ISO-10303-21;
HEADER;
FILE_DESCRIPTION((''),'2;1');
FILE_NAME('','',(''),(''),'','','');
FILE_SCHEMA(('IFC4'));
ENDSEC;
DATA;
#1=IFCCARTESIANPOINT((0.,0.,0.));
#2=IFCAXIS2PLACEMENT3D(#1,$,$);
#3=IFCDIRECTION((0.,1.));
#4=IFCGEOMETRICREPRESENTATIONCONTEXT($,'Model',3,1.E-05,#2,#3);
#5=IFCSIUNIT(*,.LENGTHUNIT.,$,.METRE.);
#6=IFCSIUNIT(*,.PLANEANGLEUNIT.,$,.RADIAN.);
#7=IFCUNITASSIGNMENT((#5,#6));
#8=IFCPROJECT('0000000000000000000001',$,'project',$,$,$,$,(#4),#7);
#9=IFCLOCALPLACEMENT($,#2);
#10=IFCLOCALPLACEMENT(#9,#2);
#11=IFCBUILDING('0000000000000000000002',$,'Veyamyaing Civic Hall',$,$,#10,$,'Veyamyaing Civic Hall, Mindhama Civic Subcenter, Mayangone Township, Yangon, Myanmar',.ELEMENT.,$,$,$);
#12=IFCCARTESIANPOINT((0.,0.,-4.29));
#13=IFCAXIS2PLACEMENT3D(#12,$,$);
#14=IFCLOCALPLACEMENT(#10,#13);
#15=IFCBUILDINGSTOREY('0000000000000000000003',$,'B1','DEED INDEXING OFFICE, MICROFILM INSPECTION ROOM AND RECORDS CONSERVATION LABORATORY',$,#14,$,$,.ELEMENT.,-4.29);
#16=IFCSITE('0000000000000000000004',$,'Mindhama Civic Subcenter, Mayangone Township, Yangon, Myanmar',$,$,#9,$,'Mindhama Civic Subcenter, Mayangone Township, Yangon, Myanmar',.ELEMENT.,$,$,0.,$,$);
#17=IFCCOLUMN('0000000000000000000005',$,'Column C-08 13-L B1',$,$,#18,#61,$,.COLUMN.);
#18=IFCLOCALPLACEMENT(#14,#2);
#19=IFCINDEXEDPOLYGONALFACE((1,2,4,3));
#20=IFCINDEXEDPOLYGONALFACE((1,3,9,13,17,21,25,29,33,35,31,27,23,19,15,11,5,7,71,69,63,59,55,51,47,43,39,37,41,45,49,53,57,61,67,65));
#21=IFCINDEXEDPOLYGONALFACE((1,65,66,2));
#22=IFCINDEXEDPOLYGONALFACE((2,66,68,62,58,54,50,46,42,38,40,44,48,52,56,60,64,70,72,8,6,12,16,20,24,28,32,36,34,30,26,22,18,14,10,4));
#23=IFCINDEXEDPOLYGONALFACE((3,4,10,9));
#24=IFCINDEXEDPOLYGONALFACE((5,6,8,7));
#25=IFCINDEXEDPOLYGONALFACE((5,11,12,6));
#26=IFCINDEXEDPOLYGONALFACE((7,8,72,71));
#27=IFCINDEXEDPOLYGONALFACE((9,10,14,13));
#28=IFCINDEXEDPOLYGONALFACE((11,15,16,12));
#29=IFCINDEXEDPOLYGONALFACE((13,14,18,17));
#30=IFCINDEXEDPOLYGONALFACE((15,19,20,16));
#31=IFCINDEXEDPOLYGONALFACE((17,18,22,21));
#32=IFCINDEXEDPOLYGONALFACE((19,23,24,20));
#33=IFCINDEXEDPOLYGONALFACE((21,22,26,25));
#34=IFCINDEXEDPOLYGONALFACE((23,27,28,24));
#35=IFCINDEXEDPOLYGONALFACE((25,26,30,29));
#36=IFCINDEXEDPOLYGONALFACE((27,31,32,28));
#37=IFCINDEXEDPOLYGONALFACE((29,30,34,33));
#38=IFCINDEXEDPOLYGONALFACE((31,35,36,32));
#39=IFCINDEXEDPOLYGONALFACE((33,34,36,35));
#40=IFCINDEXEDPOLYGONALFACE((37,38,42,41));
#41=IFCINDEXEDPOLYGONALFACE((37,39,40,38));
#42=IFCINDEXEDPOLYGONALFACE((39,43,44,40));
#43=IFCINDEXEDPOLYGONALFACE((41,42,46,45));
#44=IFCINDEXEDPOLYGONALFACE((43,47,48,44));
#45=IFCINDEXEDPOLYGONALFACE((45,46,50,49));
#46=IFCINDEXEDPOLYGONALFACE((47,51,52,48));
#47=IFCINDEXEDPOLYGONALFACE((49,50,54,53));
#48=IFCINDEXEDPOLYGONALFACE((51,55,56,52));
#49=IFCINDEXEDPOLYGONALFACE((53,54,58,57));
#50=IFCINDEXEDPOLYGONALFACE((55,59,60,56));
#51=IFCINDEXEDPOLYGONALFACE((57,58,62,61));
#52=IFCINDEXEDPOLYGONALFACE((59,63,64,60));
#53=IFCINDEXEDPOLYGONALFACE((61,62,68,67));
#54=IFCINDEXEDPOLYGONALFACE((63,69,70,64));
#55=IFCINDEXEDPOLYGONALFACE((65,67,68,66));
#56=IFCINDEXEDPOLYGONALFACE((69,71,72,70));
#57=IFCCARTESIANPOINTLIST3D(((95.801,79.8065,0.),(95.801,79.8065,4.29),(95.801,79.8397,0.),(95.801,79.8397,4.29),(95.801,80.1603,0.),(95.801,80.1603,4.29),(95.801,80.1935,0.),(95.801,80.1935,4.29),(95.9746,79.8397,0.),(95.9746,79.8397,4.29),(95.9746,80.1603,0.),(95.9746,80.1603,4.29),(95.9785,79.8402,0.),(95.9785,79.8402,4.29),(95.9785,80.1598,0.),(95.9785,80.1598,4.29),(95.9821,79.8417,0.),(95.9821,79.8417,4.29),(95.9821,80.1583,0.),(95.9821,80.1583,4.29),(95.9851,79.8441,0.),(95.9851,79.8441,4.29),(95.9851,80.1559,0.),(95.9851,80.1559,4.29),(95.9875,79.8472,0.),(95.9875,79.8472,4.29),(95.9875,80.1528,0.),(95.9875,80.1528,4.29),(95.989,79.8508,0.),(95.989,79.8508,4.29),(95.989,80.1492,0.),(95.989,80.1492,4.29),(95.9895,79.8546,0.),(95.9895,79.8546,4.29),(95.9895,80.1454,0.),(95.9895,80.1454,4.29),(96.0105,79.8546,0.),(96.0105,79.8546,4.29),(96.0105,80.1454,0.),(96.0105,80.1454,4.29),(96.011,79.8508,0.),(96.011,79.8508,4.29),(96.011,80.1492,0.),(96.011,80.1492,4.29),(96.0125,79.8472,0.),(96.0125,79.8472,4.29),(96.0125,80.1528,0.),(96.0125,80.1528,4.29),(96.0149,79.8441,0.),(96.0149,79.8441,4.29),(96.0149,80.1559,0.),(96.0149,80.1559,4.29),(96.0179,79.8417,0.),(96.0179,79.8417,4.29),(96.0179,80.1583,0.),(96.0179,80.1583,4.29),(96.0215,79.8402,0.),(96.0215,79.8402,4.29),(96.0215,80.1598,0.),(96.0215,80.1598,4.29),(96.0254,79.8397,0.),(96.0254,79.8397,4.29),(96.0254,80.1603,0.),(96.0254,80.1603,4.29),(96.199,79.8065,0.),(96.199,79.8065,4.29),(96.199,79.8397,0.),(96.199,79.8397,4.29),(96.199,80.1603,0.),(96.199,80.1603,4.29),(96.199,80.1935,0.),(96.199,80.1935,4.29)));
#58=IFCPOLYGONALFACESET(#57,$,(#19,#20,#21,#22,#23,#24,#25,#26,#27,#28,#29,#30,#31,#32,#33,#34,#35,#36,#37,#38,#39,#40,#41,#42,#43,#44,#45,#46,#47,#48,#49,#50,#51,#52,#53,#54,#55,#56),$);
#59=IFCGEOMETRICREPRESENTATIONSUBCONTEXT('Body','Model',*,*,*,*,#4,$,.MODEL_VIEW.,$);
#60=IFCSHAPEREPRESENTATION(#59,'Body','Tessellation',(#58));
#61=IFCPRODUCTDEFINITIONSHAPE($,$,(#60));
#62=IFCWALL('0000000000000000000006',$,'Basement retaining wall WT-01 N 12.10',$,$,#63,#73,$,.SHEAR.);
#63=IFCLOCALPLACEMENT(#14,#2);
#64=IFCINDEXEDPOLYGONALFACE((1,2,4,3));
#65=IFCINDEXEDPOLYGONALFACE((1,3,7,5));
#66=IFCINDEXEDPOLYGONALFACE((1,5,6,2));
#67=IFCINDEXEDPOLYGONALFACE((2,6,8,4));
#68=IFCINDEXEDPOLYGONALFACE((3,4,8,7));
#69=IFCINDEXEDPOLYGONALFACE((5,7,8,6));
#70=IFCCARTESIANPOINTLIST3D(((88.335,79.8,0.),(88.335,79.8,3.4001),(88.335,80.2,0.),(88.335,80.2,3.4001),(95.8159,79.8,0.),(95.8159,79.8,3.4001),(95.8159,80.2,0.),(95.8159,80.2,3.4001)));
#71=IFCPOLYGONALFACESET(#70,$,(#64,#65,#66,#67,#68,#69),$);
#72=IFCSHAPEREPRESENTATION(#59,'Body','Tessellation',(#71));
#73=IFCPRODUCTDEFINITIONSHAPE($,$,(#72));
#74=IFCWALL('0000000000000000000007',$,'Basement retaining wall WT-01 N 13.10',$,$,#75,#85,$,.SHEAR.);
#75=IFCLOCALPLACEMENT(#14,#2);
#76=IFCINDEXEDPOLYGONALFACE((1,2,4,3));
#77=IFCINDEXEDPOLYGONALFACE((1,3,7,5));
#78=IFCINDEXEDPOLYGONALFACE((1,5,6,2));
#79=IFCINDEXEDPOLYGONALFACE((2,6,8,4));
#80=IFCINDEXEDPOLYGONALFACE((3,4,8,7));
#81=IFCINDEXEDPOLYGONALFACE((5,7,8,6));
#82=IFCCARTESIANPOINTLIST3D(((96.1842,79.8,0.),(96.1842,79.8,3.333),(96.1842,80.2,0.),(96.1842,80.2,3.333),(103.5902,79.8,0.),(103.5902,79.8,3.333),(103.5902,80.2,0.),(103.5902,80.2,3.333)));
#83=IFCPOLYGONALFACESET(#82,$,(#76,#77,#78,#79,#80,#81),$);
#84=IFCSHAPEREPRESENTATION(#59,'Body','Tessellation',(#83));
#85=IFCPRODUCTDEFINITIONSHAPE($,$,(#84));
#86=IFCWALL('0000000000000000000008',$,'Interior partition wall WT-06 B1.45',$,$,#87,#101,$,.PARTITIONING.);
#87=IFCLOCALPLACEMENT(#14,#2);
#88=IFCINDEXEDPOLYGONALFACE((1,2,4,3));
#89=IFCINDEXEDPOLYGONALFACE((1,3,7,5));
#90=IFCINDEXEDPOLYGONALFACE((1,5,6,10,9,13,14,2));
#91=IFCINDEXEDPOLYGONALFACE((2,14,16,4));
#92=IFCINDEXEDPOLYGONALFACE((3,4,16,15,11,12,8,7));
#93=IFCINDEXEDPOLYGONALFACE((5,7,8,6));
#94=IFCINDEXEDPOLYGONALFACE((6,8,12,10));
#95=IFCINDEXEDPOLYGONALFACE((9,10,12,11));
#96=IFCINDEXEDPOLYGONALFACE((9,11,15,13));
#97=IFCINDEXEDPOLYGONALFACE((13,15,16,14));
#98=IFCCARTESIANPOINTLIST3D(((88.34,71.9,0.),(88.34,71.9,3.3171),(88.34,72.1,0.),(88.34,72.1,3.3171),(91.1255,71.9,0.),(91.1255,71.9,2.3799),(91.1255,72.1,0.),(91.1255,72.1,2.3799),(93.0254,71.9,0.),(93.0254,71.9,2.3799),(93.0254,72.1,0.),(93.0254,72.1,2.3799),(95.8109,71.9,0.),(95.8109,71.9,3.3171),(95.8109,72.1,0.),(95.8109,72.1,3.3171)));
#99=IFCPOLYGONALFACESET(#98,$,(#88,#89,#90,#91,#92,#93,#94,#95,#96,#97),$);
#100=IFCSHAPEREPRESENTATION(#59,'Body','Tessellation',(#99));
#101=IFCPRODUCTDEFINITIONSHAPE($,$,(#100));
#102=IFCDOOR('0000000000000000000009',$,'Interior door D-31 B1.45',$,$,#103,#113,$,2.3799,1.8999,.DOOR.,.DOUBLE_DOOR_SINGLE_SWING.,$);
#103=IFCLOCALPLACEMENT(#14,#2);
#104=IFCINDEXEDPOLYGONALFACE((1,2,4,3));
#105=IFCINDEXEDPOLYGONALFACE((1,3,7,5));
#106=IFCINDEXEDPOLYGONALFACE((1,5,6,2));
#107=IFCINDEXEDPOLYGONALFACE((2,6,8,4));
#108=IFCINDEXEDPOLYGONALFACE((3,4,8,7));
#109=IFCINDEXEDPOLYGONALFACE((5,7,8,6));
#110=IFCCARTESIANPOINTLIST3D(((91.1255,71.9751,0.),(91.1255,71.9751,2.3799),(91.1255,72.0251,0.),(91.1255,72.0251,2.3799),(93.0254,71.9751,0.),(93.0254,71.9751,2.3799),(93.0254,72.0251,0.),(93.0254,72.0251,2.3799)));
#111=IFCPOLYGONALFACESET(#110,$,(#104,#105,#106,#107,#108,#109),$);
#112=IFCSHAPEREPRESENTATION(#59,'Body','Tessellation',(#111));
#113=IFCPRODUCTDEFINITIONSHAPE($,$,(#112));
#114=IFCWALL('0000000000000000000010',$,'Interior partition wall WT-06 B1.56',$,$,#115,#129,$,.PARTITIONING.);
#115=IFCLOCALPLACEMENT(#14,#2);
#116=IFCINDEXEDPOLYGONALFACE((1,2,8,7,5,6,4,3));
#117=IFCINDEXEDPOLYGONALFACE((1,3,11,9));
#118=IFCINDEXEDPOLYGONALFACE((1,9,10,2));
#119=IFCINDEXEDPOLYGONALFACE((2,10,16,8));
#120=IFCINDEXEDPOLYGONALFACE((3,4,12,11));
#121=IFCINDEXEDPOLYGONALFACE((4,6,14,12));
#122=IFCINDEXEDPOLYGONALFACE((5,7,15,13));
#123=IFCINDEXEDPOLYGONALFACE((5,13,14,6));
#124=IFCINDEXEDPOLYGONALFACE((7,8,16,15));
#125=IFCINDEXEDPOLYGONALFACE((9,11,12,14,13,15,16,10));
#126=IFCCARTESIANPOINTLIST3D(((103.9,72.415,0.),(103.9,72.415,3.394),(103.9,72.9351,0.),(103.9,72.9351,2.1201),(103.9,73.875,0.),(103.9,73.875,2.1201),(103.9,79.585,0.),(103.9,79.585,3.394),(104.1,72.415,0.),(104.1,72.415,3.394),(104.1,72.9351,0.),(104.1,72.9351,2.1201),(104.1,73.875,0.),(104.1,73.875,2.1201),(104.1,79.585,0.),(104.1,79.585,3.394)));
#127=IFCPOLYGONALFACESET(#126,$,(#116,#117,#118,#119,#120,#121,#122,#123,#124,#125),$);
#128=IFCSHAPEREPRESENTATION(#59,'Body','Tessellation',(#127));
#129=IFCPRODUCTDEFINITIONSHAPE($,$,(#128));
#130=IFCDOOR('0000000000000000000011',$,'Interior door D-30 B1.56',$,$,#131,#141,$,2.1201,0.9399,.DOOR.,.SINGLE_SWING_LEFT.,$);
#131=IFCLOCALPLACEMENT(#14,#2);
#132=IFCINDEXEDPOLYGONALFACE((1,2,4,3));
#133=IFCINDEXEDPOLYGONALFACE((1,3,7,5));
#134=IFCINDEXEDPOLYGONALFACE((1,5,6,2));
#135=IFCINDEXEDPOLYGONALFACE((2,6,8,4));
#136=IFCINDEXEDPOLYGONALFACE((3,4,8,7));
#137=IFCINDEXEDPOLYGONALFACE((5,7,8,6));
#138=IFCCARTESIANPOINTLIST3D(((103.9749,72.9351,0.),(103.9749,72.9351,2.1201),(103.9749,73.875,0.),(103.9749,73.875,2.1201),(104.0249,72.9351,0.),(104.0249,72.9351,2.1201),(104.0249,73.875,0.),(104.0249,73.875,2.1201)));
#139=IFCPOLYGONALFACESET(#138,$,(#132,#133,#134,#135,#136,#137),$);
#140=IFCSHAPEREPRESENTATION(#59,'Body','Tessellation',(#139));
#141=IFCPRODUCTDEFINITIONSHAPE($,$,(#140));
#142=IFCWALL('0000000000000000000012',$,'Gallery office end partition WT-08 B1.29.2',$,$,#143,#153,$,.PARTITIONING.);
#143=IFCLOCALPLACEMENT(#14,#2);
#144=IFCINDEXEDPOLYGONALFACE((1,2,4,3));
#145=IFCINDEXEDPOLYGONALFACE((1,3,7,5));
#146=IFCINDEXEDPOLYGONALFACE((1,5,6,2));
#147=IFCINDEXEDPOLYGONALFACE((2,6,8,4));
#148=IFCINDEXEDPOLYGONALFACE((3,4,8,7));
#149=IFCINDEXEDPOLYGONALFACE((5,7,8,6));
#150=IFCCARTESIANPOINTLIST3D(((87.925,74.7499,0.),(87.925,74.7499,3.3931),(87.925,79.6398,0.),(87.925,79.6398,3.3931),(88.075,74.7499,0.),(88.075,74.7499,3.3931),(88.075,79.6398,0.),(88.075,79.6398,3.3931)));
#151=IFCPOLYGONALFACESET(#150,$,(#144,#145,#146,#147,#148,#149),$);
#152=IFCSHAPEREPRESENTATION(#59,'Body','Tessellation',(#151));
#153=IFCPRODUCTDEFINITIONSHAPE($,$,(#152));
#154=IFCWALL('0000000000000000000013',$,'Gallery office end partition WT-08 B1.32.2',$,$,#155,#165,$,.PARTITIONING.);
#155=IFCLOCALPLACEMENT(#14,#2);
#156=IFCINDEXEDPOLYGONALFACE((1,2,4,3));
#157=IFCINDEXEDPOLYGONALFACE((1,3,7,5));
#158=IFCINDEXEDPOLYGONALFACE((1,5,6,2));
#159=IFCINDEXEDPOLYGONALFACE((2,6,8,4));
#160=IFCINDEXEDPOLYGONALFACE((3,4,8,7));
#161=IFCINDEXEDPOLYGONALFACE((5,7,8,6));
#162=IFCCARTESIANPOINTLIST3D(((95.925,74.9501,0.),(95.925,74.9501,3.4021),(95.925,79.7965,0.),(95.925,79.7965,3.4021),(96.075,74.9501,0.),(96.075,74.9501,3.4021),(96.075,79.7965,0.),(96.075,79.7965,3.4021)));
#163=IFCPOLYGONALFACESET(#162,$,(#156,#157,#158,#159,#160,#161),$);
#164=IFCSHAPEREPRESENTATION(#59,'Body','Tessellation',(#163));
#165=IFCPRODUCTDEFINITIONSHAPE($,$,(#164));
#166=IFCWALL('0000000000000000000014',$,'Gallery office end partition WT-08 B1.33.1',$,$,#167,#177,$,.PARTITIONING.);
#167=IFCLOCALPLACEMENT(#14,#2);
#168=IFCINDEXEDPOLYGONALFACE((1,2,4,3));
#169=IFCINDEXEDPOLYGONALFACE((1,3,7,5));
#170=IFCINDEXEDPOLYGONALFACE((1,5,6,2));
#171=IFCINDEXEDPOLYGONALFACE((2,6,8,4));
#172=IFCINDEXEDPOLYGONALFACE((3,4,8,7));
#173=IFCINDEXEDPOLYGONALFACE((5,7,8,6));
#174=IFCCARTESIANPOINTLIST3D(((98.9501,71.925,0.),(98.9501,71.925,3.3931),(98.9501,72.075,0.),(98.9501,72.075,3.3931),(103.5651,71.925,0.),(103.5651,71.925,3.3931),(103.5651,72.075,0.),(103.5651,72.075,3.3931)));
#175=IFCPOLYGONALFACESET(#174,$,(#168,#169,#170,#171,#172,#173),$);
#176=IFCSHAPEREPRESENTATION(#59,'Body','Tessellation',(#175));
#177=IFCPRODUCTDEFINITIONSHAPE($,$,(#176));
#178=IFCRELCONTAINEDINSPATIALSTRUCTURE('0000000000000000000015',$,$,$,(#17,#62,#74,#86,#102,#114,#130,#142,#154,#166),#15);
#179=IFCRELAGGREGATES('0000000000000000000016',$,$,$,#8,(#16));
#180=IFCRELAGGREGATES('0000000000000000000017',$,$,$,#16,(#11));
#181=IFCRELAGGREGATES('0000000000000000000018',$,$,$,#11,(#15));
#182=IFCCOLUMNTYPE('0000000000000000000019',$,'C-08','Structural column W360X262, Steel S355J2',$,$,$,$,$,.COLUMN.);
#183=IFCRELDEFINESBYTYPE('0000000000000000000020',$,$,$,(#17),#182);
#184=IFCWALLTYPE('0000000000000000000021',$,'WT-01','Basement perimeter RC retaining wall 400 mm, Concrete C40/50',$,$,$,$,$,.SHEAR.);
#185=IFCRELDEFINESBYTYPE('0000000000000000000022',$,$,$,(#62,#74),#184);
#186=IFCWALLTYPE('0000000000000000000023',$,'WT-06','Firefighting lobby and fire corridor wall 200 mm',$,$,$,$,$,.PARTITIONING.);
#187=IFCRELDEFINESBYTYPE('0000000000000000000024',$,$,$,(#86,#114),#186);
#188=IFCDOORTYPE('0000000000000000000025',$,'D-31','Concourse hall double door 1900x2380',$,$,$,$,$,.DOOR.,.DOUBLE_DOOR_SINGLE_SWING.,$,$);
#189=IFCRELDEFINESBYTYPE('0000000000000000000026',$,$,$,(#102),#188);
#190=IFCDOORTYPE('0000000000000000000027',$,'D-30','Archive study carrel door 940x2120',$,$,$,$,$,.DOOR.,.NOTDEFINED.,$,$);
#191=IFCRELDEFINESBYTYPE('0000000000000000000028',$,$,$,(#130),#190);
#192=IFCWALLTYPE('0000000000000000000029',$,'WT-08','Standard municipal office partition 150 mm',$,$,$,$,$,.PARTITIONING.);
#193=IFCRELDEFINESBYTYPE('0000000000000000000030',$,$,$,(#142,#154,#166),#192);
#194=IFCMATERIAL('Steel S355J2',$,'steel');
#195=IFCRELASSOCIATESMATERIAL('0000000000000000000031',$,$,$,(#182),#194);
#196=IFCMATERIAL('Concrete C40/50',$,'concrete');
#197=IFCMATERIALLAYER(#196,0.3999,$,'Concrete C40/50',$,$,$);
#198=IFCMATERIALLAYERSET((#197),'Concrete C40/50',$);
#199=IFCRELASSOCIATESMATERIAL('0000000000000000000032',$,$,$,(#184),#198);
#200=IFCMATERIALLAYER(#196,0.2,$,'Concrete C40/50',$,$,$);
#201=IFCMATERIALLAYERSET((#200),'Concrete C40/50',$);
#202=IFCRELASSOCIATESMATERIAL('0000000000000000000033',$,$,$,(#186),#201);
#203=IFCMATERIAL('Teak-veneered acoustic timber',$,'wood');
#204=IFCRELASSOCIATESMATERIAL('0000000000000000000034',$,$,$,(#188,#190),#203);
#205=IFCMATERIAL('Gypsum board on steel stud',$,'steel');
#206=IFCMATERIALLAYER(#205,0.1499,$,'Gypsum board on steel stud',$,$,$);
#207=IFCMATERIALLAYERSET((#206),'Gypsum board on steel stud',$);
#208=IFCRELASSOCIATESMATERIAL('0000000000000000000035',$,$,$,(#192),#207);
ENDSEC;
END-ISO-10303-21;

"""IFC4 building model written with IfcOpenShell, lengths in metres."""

from ifc_helpers import new_model, si_unit, direction, frame, frame_2d, origin, origin_2d, place, context, subcontext, project, spatial, rectangle, i_section, extrude, material, layer, layer_set, material_profile, profile_set, type_object, element, fill, save


model = new_model("IFC4")

# Units and contexts
model_context = context("Model", 3, precision=1e-05, world=origin(), true_north=direction((0.0, 1.0)))
body_context = subcontext(model_context, "Body", "Model", "MODEL_VIEW")
ifc_project = project(units=[si_unit("LENGTHUNIT", "METRE"), si_unit("PLANEANGLEUNIT", "RADIAN")], contexts=[model_context])

# Site, building, storey
site_placement = place(None, origin())
site = spatial("IfcSite", under=ifc_project, at=site_placement, Name="Mindhama Civic Subcenter, Mayangone Township, Yangon, Myanmar", LongName="Mindhama Civic Subcenter, Mayangone Township, Yangon, Myanmar", CompositionType="ELEMENT", RefElevation=0.0)
building_placement = place(site_placement, origin())
building = spatial("IfcBuilding", under=site, at=building_placement, Name="Veyamyaing Civic Hall", LongName="Veyamyaing Civic Hall, Mindhama Civic Subcenter, Mayangone Township, Yangon, Myanmar", CompositionType="ELEMENT")
storey_placement = place(building_placement, frame((0.0, 0.0, -4.29)))
storey = spatial("IfcBuildingStorey", under=building, at=storey_placement, Name="B1", Description="DEED INDEXING OFFICE, MICROFILM INSPECTION ROOM AND RECORDS CONSERVATION LABORATORY", CompositionType="ELEMENT", Elevation=-4.29)

# Shared definitions
ifc_material_1 = material(Name="Concrete C40/50", Category="concrete")

# Column
ifc_material_2 = material(Name="Steel S355J2", Category="steel")
ifc_material_profile_1 = material_profile(ifc_material_2, i_section(OverallWidth=0.3979, OverallDepth=0.387, WebThickness=0.021, FlangeThickness=0.0332, FilletRadius=0.0149, at=origin_2d()), Name="W360X262")
ifc_profile_set_1 = profile_set([ifc_material_profile_1], Name="Steel S355J2")
column_type_1 = type_object("IfcColumnType", Name="C-08", Description="Structural column W360X262, Steel S355J2", PredefinedType="COLUMN", material=ifc_profile_set_1)
for number, where, z_axis, x_axis, name in (
    (1, (96.0, 80.0, 0.0), (0.0, 0.0, 1.0), (1.0, 0.0, 0.0), "Column C-08 13-L B1"),
):
    element("IfcColumn", number, at=place(storey_placement, frame(where, z_axis=z_axis, x_axis=x_axis)), inside=storey, type_object=column_type_1, Name=name, PredefinedType="COLUMN", context=body_context, shape_type="SweptSolid", body=[
        extrude(i_section(OverallWidth=0.3979, OverallDepth=0.387, WebThickness=0.021, FlangeThickness=0.0332, FilletRadius=0.0149, at=origin_2d()), origin(), (0.0, 0.0, 1.0), 4.29),
    ])

# Walls
ifc_layer_1 = layer(ifc_material_1, 0.3999, Name="Concrete C40/50")
ifc_layer_set_1 = layer_set([ifc_layer_1], Name="Concrete C40/50")
wall_type_1 = type_object("IfcWallType", Name="WT-01", Description="Basement perimeter RC retaining wall 400 mm, Concrete C40/50", PredefinedType="SHEAR", material=ifc_layer_set_1)
wall_1_placement = place(storey_placement, frame((88.335, 80.0, 0.0), z_axis=(0.0, 0.0, 1.0), x_axis=(1.0, 0.0, 0.0)))
element("IfcWall", 2, at=wall_1_placement, inside=storey, type_object=wall_type_1, Name="Basement retaining wall WT-01 N 12.10", PredefinedType="SHEAR", context=body_context, shape_type="SweptSolid", body=[
    extrude(rectangle(XDim=7.481, YDim=0.3999, at=frame_2d((3.7405, 0.0))), origin(), (0.0, 0.0, 1.0), 3.4001),
])
wall_2_placement = place(storey_placement, frame((96.1841, 80.0, 0.0), z_axis=(0.0, 0.0, 1.0), x_axis=(1.0, 0.0, 0.0)))
element("IfcWall", 3, at=wall_2_placement, inside=storey, type_object=wall_type_1, Name="Basement retaining wall WT-01 N 13.10", PredefinedType="SHEAR", context=body_context, shape_type="SweptSolid", body=[
    extrude(rectangle(XDim=7.406, YDim=0.3999, at=frame_2d((3.7031, 0.0))), origin(), (0.0, 0.0, 1.0), 3.333),
])

# Walls, openings, doors
ifc_layer_2 = layer(ifc_material_1, 0.2, Name="Concrete C40/50")
ifc_layer_set_2 = layer_set([ifc_layer_2], Name="Concrete C40/50")
wall_type_2 = type_object("IfcWallType", Name="WT-06", Description="Firefighting lobby and fire corridor wall 200 mm", PredefinedType="PARTITIONING", material=ifc_layer_set_2)
wall_3_placement = place(storey_placement, frame((88.3401, 72.0, 0.0), z_axis=(0.0, 0.0, 1.0), x_axis=(1.0, 0.0, 0.0)))
wall_3 = element("IfcWall", 4, at=wall_3_placement, inside=storey, type_object=wall_type_2, Name="Interior partition wall WT-06 B1.45", PredefinedType="PARTITIONING", context=body_context, shape_type="SweptSolid", body=[
    extrude(rectangle(XDim=7.4709, YDim=0.2, at=frame_2d((3.7354, 0.0))), origin(), (0.0, 0.0, 1.0), 3.3171),
])
opening_1_placement = place(wall_3_placement, frame((2.7854, 0.0, 0.0)))
opening_1 = element("IfcOpeningElement", 5, at=opening_1_placement, cuts=wall_3, PredefinedType="OPENING", context=body_context, shape_type="SweptSolid", body=[
    extrude(rectangle(XDim=1.8999, YDim=2.3799, at=frame_2d((0.95, 1.1899))), frame((0.0, 0.1099, 0.0), z_axis=(0.0, -1.0, 0.0), x_axis=(1.0, 0.0, 0.0)), (0.0, 0.0, 1.0), 0.22),
])
ifc_material_3 = material(Name="Teak-veneered acoustic timber", Category="wood")
door_type_1 = type_object("IfcDoorType", Name="D-31", Description="Concourse hall double door 1900x2380", OperationType="DOUBLE_DOOR_SINGLE_SWING", PredefinedType="DOOR", material=ifc_material_3)
door_1_placement = place(opening_1_placement, frame((1.8999, 0.0, 0.0), z_axis=(0.0, 0.0, 1.0), x_axis=(-1.0, 0.0, 0.0)))
door_1 = element("IfcDoor", 6, at=door_1_placement, inside=storey, type_object=door_type_1, Name="Interior door D-31 B1.45", OperationType="DOUBLE_DOOR_SINGLE_SWING", OverallHeight=2.3799, OverallWidth=1.8999, PredefinedType="DOOR", context=body_context, shape_type="SweptSolid", body=[
    extrude(rectangle(XDim=1.8999, YDim=2.3799, at=frame_2d((0.95, 1.1899))), frame((0.0, 0.0249, 0.0), z_axis=(0.0, -1.0, 0.0), x_axis=(1.0, 0.0, 0.0)), (0.0, 0.0, 1.0), 0.05),
])
fill(opening_1, door_1)
wall_4_placement = place(storey_placement, frame((104.0, 72.415, 0.0), z_axis=(0.0, 0.0, 1.0), x_axis=(0.0, 1.0, 0.0)))
wall_4 = element("IfcWall", 7, at=wall_4_placement, inside=storey, type_object=wall_type_2, Name="Interior partition wall WT-06 B1.56", PredefinedType="PARTITIONING", context=body_context, shape_type="SweptSolid", body=[
    extrude(rectangle(XDim=7.1699, YDim=0.2, at=frame_2d((3.585, 0.0))), origin(), (0.0, 0.0, 1.0), 3.394),
])
opening_2_placement = place(wall_4_placement, frame((0.52, 0.0, 0.0)))
opening_2 = element("IfcOpeningElement", 8, at=opening_2_placement, cuts=wall_4, PredefinedType="OPENING", context=body_context, shape_type="SweptSolid", body=[
    extrude(rectangle(XDim=0.9399, YDim=2.1201, at=frame_2d((0.47, 1.0601))), frame((0.0, 0.1099, 0.0), z_axis=(0.0, -1.0, 0.0), x_axis=(1.0, 0.0, 0.0)), (0.0, 0.0, 1.0), 0.22),
])
door_type_2 = type_object("IfcDoorType", Name="D-30", Description="Archive study carrel door 940x2120", OperationType="NOTDEFINED", PredefinedType="DOOR", material=ifc_material_3)
door_2_placement = place(opening_2_placement, frame((0.9399, 0.0, 0.0), z_axis=(0.0, 0.0, 1.0), x_axis=(-1.0, 0.0, 0.0)))
door_2 = element("IfcDoor", 9, at=door_2_placement, inside=storey, type_object=door_type_2, Name="Interior door D-30 B1.56", OperationType="SINGLE_SWING_LEFT", OverallHeight=2.1201, OverallWidth=0.9399, PredefinedType="DOOR", context=body_context, shape_type="SweptSolid", body=[
    extrude(rectangle(XDim=0.9399, YDim=2.1201, at=frame_2d((0.47, 1.0601))), frame((0.0, 0.0249, 0.0), z_axis=(0.0, -1.0, 0.0), x_axis=(1.0, 0.0, 0.0)), (0.0, 0.0, 1.0), 0.05),
])
fill(opening_2, door_2)

# Walls
ifc_material_4 = material(Name="Gypsum board on steel stud", Category="steel")
ifc_layer_3 = layer(ifc_material_4, 0.1499, Name="Gypsum board on steel stud")
ifc_layer_set_3 = layer_set([ifc_layer_3], Name="Gypsum board on steel stud")
wall_type_3 = type_object("IfcWallType", Name="WT-08", Description="Standard municipal office partition 150 mm", PredefinedType="PARTITIONING", material=ifc_layer_set_3)
wall_5_placement = place(storey_placement, frame((88.0, 74.75, 0.0), z_axis=(0.0, 0.0, 1.0), x_axis=(0.0, 1.0, 0.0)))
element("IfcWall", 10, at=wall_5_placement, inside=storey, type_object=wall_type_3, Name="Gallery office end partition WT-08 B1.29.2", PredefinedType="PARTITIONING", context=body_context, shape_type="SweptSolid", body=[
    extrude(rectangle(XDim=4.8899, YDim=0.1499, at=frame_2d((2.4448, 0.0))), origin(), (0.0, 0.0, 1.0), 3.3931),
])
wall_6_placement = place(storey_placement, frame((96.0, 74.95, 0.0), z_axis=(0.0, 0.0, 1.0), x_axis=(0.0, 1.0, 0.0)))
element("IfcWall", 11, at=wall_6_placement, inside=storey, type_object=wall_type_3, Name="Gallery office end partition WT-08 B1.32.2", PredefinedType="PARTITIONING", context=body_context, shape_type="SweptSolid", body=[
    extrude(rectangle(XDim=4.8464, YDim=0.1499, at=frame_2d((2.4233, 0.0))), origin(), (0.0, 0.0, 1.0), 3.4021),
])
wall_7_placement = place(storey_placement, frame((98.95, 72.0, 0.0), z_axis=(0.0, 0.0, 1.0), x_axis=(1.0, 0.0, 0.0)))
element("IfcWall", 12, at=wall_7_placement, inside=storey, type_object=wall_type_3, Name="Gallery office end partition WT-08 B1.33.1", PredefinedType="PARTITIONING", context=body_context, shape_type="SweptSolid", body=[
    extrude(rectangle(XDim=4.615, YDim=0.1499, at=frame_2d((2.3076, 0.0))), origin(), (0.0, 0.0, 1.0), 3.3931),
])

save(model, "model.ifc")
